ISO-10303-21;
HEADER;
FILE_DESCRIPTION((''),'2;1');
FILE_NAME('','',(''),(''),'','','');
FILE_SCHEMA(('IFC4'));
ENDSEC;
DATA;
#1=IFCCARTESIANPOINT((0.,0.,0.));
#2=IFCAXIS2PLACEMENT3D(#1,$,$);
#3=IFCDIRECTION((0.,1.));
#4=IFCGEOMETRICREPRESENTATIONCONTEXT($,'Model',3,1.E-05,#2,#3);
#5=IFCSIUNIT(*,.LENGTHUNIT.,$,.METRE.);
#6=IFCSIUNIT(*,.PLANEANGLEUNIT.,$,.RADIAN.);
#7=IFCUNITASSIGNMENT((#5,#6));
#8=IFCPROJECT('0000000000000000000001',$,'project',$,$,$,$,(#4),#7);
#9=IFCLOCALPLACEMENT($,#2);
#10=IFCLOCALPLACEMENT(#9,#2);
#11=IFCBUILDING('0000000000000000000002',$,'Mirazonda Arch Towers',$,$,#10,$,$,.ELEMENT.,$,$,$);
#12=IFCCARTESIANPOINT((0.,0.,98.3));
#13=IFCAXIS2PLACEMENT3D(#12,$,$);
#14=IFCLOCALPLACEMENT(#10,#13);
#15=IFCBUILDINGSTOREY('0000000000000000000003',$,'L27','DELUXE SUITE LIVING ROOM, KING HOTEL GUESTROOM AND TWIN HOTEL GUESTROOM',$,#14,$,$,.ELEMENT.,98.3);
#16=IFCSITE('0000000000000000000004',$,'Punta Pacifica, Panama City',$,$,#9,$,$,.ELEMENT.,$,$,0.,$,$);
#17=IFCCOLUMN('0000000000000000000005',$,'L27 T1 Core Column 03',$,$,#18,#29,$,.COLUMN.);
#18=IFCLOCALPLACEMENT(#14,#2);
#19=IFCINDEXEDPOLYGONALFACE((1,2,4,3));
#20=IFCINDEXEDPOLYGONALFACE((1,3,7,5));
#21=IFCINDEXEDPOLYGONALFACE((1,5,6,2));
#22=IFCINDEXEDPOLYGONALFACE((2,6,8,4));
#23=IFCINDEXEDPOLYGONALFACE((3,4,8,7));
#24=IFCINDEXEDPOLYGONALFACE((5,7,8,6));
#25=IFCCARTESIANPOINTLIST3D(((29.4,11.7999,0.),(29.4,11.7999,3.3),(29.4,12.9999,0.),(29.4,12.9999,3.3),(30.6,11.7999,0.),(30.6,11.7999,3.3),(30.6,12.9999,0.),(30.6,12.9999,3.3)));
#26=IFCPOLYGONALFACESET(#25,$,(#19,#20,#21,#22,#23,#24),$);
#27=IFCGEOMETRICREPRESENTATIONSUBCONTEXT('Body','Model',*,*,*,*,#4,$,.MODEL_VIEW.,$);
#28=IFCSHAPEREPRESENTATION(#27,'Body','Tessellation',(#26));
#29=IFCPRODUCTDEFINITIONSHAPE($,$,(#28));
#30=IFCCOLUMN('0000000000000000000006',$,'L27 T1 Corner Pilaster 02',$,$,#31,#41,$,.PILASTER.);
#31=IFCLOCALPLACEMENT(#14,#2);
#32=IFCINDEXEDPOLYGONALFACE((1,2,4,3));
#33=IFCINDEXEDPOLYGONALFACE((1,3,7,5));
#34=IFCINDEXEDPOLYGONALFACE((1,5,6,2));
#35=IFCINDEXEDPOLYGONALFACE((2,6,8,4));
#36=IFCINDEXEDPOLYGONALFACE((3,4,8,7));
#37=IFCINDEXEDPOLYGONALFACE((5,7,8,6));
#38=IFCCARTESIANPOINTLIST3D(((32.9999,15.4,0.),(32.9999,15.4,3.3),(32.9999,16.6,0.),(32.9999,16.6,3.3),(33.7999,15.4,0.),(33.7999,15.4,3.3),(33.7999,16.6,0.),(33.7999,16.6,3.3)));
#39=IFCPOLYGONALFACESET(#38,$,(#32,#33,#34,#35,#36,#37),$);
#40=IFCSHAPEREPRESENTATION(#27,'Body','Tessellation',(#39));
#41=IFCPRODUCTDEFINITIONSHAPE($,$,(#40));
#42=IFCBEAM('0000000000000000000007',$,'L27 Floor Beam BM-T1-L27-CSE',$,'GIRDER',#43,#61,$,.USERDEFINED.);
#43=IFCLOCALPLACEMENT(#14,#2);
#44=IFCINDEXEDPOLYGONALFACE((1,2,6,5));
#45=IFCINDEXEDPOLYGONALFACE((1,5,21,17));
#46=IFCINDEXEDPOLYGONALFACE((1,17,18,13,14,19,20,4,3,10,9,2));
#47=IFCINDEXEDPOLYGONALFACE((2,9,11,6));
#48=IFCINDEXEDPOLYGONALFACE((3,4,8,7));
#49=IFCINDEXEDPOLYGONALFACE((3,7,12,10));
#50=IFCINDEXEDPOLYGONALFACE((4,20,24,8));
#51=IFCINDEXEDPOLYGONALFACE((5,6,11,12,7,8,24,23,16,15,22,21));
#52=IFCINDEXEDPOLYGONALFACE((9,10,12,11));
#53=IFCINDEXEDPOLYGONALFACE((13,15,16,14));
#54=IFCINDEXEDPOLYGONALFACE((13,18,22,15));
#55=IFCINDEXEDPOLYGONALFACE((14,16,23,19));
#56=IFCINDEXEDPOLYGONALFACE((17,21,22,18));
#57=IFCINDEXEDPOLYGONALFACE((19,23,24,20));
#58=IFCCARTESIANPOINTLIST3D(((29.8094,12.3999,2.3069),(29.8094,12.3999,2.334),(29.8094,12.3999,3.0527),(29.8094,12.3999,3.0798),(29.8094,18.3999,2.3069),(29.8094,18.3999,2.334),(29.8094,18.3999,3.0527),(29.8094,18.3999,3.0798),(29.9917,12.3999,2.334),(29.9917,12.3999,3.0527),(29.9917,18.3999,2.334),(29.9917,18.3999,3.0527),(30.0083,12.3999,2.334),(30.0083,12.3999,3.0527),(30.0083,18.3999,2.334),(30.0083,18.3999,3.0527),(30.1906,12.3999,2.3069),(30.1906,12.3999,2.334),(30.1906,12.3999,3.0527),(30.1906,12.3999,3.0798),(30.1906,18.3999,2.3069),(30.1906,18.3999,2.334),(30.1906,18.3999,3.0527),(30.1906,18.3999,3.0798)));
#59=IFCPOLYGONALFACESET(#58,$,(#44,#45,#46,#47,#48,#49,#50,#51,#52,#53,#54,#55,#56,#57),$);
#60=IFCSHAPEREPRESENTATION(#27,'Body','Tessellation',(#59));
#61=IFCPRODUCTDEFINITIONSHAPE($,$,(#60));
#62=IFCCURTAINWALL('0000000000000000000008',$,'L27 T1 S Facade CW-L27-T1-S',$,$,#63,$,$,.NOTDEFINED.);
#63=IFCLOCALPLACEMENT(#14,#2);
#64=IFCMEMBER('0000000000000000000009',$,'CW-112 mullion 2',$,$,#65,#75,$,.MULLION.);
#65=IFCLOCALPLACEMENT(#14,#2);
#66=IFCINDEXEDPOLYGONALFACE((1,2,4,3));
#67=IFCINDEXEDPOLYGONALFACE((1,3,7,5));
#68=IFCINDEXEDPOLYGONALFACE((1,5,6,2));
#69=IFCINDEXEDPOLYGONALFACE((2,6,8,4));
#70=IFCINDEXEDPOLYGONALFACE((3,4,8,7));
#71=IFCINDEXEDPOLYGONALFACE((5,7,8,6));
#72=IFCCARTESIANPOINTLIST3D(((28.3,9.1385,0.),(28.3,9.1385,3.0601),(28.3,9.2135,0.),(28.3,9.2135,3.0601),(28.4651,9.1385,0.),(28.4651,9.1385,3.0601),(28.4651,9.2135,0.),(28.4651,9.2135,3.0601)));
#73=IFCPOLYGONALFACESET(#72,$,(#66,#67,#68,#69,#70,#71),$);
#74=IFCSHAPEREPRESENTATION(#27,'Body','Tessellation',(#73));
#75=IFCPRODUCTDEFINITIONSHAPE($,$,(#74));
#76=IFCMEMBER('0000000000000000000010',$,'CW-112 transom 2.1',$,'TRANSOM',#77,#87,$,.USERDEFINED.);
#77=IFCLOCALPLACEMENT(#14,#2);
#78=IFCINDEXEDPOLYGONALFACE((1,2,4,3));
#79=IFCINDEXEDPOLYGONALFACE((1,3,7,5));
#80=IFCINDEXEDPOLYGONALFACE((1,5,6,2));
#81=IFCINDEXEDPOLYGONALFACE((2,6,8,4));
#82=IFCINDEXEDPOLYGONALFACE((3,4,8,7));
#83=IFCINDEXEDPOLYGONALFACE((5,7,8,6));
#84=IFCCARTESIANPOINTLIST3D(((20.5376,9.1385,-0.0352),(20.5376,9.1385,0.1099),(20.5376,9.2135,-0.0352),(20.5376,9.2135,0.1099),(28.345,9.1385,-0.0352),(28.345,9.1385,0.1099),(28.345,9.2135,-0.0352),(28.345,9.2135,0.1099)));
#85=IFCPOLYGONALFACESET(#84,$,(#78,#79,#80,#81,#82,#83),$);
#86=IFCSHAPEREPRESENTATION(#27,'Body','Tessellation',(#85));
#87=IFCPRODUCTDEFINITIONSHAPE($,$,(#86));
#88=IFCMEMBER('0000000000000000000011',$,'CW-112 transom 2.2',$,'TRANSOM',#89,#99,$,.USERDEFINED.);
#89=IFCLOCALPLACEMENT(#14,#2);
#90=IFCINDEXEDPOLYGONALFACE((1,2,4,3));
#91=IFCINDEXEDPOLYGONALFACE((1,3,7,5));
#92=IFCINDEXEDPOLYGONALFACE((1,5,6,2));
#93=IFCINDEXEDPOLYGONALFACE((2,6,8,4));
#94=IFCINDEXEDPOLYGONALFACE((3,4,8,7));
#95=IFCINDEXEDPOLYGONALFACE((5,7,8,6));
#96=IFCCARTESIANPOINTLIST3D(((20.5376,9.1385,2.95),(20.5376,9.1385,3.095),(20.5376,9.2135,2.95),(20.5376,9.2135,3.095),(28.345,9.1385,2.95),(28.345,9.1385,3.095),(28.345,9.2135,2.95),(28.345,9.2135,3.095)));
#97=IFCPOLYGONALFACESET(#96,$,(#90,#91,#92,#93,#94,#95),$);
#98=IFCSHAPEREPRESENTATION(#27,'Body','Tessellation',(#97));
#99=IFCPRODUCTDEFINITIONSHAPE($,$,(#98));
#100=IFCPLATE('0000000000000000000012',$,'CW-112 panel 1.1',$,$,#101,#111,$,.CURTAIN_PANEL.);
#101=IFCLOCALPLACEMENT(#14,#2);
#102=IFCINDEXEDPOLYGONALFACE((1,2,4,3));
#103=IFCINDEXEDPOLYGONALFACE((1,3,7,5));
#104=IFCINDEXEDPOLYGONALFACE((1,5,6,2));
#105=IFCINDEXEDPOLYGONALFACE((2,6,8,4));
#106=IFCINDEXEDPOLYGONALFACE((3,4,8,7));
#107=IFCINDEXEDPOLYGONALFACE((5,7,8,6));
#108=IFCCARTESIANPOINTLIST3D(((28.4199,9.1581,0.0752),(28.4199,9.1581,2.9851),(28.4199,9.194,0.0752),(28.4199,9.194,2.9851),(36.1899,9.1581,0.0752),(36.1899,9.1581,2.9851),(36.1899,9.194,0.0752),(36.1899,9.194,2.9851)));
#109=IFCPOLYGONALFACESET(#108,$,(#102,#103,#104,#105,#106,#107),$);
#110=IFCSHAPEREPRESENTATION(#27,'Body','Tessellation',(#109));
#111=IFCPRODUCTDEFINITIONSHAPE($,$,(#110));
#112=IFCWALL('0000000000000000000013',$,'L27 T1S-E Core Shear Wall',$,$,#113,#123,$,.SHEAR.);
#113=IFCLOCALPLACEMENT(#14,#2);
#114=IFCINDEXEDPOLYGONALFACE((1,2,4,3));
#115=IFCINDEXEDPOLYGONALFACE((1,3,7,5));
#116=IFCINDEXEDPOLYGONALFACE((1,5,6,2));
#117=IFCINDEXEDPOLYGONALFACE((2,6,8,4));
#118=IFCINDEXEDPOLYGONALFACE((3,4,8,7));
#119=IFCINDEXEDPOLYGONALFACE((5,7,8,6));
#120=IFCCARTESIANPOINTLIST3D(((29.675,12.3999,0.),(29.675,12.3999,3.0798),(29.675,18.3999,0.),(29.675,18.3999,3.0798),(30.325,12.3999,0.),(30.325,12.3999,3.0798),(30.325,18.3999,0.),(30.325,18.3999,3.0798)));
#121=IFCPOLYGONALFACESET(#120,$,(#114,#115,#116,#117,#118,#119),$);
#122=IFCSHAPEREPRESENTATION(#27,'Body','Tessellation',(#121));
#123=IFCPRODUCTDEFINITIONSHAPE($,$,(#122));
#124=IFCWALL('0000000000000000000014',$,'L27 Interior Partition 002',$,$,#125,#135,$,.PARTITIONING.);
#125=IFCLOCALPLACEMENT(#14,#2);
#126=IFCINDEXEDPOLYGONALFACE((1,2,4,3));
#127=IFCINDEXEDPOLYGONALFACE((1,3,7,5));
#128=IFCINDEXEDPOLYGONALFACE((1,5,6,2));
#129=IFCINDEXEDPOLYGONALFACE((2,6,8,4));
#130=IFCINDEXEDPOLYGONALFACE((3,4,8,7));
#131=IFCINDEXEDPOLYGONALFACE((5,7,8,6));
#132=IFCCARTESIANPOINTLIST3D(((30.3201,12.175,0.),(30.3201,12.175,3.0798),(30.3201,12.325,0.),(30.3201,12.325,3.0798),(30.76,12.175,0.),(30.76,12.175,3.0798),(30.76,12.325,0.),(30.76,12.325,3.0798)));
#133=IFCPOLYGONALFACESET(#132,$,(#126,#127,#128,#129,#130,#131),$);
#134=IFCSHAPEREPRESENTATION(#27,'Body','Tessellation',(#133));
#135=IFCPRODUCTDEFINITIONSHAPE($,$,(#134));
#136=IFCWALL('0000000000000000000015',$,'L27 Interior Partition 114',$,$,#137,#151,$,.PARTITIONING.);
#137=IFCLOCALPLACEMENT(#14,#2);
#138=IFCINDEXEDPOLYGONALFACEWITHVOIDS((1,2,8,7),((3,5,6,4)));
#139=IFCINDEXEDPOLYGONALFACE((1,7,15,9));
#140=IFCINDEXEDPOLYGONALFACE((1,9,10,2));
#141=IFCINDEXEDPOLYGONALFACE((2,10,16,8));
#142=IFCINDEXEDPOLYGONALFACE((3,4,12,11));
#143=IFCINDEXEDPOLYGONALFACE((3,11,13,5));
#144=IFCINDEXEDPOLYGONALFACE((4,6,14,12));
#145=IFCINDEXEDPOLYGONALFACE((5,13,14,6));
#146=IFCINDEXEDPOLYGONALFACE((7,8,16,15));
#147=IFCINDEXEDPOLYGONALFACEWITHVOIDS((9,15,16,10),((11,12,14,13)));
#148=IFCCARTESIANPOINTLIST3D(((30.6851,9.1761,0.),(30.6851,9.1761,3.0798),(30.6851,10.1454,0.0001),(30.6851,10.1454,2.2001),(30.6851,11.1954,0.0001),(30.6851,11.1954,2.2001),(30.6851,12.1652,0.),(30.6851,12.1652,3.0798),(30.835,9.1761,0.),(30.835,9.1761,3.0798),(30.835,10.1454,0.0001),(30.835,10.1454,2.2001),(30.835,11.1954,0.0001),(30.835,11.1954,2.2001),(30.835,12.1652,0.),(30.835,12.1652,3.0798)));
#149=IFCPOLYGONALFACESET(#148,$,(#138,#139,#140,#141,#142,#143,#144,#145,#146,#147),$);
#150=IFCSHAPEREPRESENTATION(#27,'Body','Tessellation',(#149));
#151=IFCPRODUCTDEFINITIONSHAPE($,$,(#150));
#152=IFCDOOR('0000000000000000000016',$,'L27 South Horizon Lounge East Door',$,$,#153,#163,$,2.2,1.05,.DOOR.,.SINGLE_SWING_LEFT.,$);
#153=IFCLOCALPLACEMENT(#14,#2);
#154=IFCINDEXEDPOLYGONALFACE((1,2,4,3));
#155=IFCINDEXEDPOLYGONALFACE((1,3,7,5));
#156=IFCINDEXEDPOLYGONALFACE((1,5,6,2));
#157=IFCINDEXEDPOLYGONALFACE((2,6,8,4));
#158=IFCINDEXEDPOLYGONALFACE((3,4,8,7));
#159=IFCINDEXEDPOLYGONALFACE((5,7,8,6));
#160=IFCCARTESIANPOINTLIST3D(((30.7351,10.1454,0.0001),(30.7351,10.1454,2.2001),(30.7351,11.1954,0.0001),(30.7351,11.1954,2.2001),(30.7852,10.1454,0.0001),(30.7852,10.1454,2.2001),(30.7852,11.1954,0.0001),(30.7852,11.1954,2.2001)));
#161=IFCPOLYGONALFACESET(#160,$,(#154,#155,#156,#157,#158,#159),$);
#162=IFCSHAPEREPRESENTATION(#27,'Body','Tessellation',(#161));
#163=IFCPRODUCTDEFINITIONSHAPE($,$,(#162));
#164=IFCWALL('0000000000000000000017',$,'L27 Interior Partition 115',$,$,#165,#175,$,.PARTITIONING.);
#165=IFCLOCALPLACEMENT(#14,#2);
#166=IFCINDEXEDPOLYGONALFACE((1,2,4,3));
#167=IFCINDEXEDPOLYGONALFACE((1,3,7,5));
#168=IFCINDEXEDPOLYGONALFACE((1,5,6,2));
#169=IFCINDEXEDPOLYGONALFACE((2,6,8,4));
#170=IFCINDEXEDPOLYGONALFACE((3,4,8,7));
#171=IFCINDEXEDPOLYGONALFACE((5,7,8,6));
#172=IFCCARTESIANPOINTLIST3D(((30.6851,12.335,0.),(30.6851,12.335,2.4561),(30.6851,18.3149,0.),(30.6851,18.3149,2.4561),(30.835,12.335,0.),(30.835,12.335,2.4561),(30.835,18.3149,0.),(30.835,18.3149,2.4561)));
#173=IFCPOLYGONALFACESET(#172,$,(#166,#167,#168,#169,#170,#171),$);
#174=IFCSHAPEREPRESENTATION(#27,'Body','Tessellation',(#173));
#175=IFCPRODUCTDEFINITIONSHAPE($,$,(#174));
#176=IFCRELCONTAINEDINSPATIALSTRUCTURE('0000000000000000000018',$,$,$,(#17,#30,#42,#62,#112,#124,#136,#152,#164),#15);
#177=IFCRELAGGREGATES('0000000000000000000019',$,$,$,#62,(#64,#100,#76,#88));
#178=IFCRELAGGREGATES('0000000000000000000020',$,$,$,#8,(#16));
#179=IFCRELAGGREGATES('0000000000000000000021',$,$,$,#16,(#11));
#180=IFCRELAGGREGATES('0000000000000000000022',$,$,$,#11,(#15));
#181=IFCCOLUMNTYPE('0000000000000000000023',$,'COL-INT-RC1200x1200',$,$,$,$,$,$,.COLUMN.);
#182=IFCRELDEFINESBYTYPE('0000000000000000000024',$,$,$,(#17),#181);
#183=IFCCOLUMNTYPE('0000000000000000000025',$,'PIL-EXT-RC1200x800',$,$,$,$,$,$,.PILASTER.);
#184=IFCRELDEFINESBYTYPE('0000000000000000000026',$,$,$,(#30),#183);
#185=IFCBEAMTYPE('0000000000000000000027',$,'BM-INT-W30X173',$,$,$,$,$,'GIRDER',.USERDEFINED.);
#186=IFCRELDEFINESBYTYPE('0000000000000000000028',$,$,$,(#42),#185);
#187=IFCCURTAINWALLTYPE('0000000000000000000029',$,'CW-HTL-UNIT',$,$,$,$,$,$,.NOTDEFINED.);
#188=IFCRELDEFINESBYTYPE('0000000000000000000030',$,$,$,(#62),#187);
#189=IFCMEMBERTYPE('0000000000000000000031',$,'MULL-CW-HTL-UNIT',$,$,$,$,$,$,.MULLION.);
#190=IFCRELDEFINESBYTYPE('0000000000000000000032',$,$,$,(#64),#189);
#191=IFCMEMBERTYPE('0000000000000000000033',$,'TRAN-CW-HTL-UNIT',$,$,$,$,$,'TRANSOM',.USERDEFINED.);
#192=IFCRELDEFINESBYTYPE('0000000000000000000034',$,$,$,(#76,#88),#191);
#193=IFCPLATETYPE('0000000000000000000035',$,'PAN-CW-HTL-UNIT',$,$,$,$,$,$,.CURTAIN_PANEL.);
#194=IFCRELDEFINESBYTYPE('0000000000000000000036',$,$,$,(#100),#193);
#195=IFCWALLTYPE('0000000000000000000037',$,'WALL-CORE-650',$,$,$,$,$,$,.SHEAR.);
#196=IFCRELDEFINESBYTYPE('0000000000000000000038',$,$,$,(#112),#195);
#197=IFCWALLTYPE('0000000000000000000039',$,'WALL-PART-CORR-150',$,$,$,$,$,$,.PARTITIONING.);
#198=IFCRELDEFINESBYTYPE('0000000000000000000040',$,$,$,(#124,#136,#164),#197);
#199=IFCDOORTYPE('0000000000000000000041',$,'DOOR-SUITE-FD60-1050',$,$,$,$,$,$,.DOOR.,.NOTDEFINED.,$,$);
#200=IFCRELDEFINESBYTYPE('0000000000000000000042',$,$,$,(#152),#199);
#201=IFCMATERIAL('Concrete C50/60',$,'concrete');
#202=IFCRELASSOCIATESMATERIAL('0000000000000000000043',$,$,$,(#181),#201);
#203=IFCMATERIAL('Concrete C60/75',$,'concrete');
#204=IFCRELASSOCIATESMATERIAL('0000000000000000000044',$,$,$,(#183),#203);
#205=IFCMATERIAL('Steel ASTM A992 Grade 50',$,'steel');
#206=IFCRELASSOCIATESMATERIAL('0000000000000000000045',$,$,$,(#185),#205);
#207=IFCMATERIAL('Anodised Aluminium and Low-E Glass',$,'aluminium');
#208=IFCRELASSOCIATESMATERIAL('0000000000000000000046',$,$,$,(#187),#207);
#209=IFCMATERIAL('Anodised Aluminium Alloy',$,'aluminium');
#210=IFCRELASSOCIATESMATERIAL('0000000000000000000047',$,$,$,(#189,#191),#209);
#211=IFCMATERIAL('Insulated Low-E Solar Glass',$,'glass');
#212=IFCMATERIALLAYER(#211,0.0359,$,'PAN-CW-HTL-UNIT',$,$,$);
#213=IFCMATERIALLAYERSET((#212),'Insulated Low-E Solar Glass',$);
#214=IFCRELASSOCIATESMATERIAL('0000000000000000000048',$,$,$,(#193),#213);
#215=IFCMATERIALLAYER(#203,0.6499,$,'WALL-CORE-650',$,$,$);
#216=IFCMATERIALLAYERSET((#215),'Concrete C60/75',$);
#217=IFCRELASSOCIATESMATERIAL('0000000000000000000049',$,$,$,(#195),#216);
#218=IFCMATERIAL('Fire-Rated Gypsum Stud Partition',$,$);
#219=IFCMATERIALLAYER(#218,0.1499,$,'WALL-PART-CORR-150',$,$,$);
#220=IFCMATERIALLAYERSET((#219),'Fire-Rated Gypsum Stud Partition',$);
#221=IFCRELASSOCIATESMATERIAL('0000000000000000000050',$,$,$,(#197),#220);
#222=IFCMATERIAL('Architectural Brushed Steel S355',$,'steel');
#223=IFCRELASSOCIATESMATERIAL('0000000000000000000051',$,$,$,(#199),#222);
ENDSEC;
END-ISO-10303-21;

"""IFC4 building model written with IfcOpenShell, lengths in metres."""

from ifc_helpers import new_model, si_unit, direction, frame, frame_2d, origin, origin_2d, place, context, subcontext, project, spatial, rectangle, i_section, extrude, material, layer, layer_set, material_profile, profile_set, type_object, element, fill, aggregate, save


model = new_model("IFC4")

# Units and contexts
model_context = context("Model", 3, precision=1e-05, world=origin(), true_north=direction((0.0, 1.0)))
body_context = subcontext(model_context, "Body", "Model", "MODEL_VIEW")
ifc_project = project(units=[si_unit("LENGTHUNIT", "METRE"), si_unit("PLANEANGLEUNIT", "RADIAN")], contexts=[model_context])

# Site, building, storey
site_placement = place(None, origin())
site = spatial("IfcSite", under=ifc_project, at=site_placement, Name="Punta Pacifica, Panama City", CompositionType="ELEMENT", RefElevation=0.0)
building_placement = place(site_placement, origin())
building = spatial("IfcBuilding", under=site, at=building_placement, Name="Mirazonda Arch Towers", CompositionType="ELEMENT")
storey_placement = place(building_placement, frame((0.0, 0.0, 98.3)))
storey = spatial("IfcBuildingStorey", under=building, at=storey_placement, Name="L27", Description="DELUXE SUITE LIVING ROOM, KING HOTEL GUESTROOM AND TWIN HOTEL GUESTROOM", CompositionType="ELEMENT", Elevation=98.3)

# Columns
ifc_material_1 = material(Name="Concrete C50/60", Category="concrete")
ifc_material_profile_1 = material_profile(ifc_material_1, rectangle(XDim=1.2, YDim=1.2, at=origin_2d()), Name="RC1200x1200")
ifc_profile_set_1 = profile_set([ifc_material_profile_1], Name="Concrete C50/60")
column_type_1 = type_object("IfcColumnType", Name="COL-INT-RC1200x1200", PredefinedType="COLUMN", material=ifc_profile_set_1)
column_1_placement = place(storey_placement, frame((30.0, 12.3999, 0.0), z_axis=(0.0, 0.0, 1.0), x_axis=(1.0, 0.0, 0.0)))
element("IfcColumn", 1, at=column_1_placement, inside=storey, type_object=column_type_1, Name="L27 T1 Core Column 03", PredefinedType="COLUMN", context=body_context, shape_type="SweptSolid", body=[
    extrude(rectangle(XDim=1.2, YDim=1.2, at=origin_2d()), origin(), (0.0, 0.0, 1.0), 3.3),
])
ifc_material_2 = material(Name="Concrete C60/75", Category="concrete")
ifc_material_profile_2 = material_profile(ifc_material_2, rectangle(XDim=0.8, YDim=1.2, at=origin_2d()), Name="RC1200x800")
ifc_profile_set_2 = profile_set([ifc_material_profile_2], Name="Concrete C60/75")
column_type_2 = type_object("IfcColumnType", Name="PIL-EXT-RC1200x800", PredefinedType="PILASTER", material=ifc_profile_set_2)
column_2_placement = place(storey_placement, frame((33.3999, 16.0, 0.0), z_axis=(0.0, 0.0, 1.0), x_axis=(1.0, 0.0, 0.0)))
element("IfcColumn", 2, at=column_2_placement, inside=storey, type_object=column_type_2, Name="L27 T1 Corner Pilaster 02", PredefinedType="PILASTER", context=body_context, shape_type="SweptSolid", body=[
    extrude(rectangle(XDim=0.8, YDim=1.2, at=origin_2d()), origin(), (0.0, 0.0, 1.0), 3.3),
])

# Beam
ifc_material_3 = material(Name="Steel ASTM A992 Grade 50", Category="steel")
ifc_material_profile_3 = material_profile(ifc_material_3, i_section(OverallWidth=0.3811, OverallDepth=0.7729, WebThickness=0.0166, FlangeThickness=0.0271, at=origin_2d()), Name="W30X173")
ifc_profile_set_3 = profile_set([ifc_material_profile_3], Name="Steel ASTM A992 Grade 50")
beam_type = type_object("IfcBeamType", Name="BM-INT-W30X173", ElementType="GIRDER", PredefinedType="USERDEFINED", material=ifc_profile_set_3)
beam_placement = place(storey_placement, frame((30.0, 12.3999, 2.6934), z_axis=(0.0, 1.0, 0.0), x_axis=(-1.0, 0.0, 0.0)))
element("IfcBeam", 3, at=beam_placement, inside=storey, type_object=beam_type, Name="L27 Floor Beam BM-T1-L27-CSE", ObjectType="GIRDER", PredefinedType="USERDEFINED", context=body_context, shape_type="SweptSolid", body=[
    extrude(i_section(OverallWidth=0.3811, OverallDepth=0.7729, WebThickness=0.0166, FlangeThickness=0.0271, at=origin_2d()), origin(), (0.0, 0.0, 1.0), 6.0),
])

# Curtain wall, members, plate
ifc_material_4 = material(Name="Anodised Aluminium and Low-E Glass", Category="aluminium")
curtain_wall_type = type_object("IfcCurtainWallType", Name="CW-HTL-UNIT", PredefinedType="NOTDEFINED", material=ifc_material_4)
curtain_wall_placement = place(storey_placement, origin())
curtain_wall = element("IfcCurtainWall", 4, at=curtain_wall_placement, inside=storey, type_object=curtain_wall_type, Name="L27 T1 S Facade CW-L27-T1-S", PredefinedType="NOTDEFINED")
ifc_material_5 = material(Name="Anodised Aluminium Alloy", Category="aluminium")
ifc_material_profile_4 = material_profile(ifc_material_5, rectangle(XDim=0.075, YDim=0.165, at=origin_2d()), Name="ALU-MULL-75x165")
ifc_profile_set_4 = profile_set([ifc_material_profile_4], Name="Anodised Aluminium Alloy")
member_type_1 = type_object("IfcMemberType", Name="MULL-CW-HTL-UNIT", PredefinedType="MULLION", material=ifc_profile_set_4)
member_1_placement = place(storey_placement, frame((28.3826, 9.176, 0.0), z_axis=(0.0, 0.0, 1.0), x_axis=(0.0, -1.0, 0.0)))
member_1 = element("IfcMember", 5, at=member_1_placement, type_object=member_type_1, Name="CW-112 mullion 2", PredefinedType="MULLION", context=body_context, shape_type="SweptSolid", body=[
    extrude(rectangle(XDim=0.075, YDim=0.165, at=origin_2d()), origin(), (0.0, 0.0, 1.0), 3.0601),
])
ifc_material_profile_5 = material_profile(ifc_material_5, rectangle(XDim=0.075, YDim=0.145, at=origin_2d()), Name="ALU-TRAN-75x145")
ifc_profile_set_5 = profile_set([ifc_material_profile_5], Name="Anodised Aluminium Alloy")
member_type_2 = type_object("IfcMemberType", Name="TRAN-CW-HTL-UNIT", ElementType="TRANSOM", PredefinedType="USERDEFINED", material=ifc_profile_set_5)
member_2_placement = place(storey_placement, frame((28.345, 9.176, 0.0374), z_axis=(-1.0, 0.0, 0.0), x_axis=(0.0, -1.0, 0.0)))
member_2 = element("IfcMember", 6, at=member_2_placement, type_object=member_type_2, Name="CW-112 transom 2.1", ObjectType="TRANSOM", PredefinedType="USERDEFINED", context=body_context, shape_type="SweptSolid", body=[
    extrude(rectangle(XDim=0.075, YDim=0.145, at=origin_2d()), origin(), (0.0, 0.0, 1.0), 7.8074),
])
member_3_placement = place(storey_placement, frame((28.345, 9.176, 3.0225), z_axis=(-1.0, 0.0, 0.0), x_axis=(0.0, -1.0, 0.0)))
member_3 = element("IfcMember", 7, at=member_3_placement, type_object=member_type_2, Name="CW-112 transom 2.2", ObjectType="TRANSOM", PredefinedType="USERDEFINED", context=body_context, shape_type="SweptSolid", body=[
    extrude(rectangle(XDim=0.075, YDim=0.145, at=origin_2d()), origin(), (0.0, 0.0, 1.0), 7.8074),
])
ifc_material_6 = material(Name="Insulated Low-E Solar Glass", Category="glass")
ifc_layer_1 = layer(ifc_material_6, 0.0359, Name="PAN-CW-HTL-UNIT")
ifc_layer_set_1 = layer_set([ifc_layer_1], Name="Insulated Low-E Solar Glass")
plate_type = type_object("IfcPlateType", Name="PAN-CW-HTL-UNIT", PredefinedType="CURTAIN_PANEL", material=ifc_layer_set_1)
plate_placement = place(storey_placement, frame((32.3049, 9.176, 0.0752), z_axis=(0.0, 0.0, 1.0), x_axis=(-1.0, 0.0, 0.0)))
plate = element("IfcPlate", 8, at=plate_placement, type_object=plate_type, Name="CW-112 panel 1.1", PredefinedType="CURTAIN_PANEL", context=body_context, shape_type="SweptSolid", body=[
    extrude(rectangle(XDim=7.77, YDim=0.0359, at=origin_2d()), origin(), (0.0, 0.0, 1.0), 2.9099),
])
aggregate(curtain_wall, [member_1, plate, member_2, member_3])

# Walls
ifc_layer_2 = layer(ifc_material_2, 0.6499, Name="WALL-CORE-650")
ifc_layer_set_2 = layer_set([ifc_layer_2], Name="Concrete C60/75")
wall_type_1 = type_object("IfcWallType", Name="WALL-CORE-650", PredefinedType="SHEAR", material=ifc_layer_set_2)
wall_1_placement = place(storey_placement, frame((30.0, 12.3999, 0.0), z_axis=(0.0, 0.0, 1.0), x_axis=(0.0, 1.0, 0.0)))
element("IfcWall", 9, at=wall_1_placement, inside=storey, type_object=wall_type_1, Name="L27 T1S-E Core Shear Wall", PredefinedType="SHEAR", context=body_context, shape_type="SweptSolid", body=[
    extrude(rectangle(XDim=6.0, YDim=0.6499, at=frame_2d((3.0, 0.0))), origin(), (0.0, 0.0, 1.0), 3.0798),
])
ifc_material_7 = material(Name="Fire-Rated Gypsum Stud Partition")
ifc_layer_3 = layer(ifc_material_7, 0.1499, Name="WALL-PART-CORR-150")
ifc_layer_set_3 = layer_set([ifc_layer_3], Name="Fire-Rated Gypsum Stud Partition")
wall_type_2 = type_object("IfcWallType", Name="WALL-PART-CORR-150", PredefinedType="PARTITIONING", material=ifc_layer_set_3)
wall_2_placement = place(storey_placement, frame((30.3201, 12.25, 0.0), z_axis=(0.0, 0.0, 1.0), x_axis=(1.0, 0.0, 0.0)))
element("IfcWall", 10, at=wall_2_placement, inside=storey, type_object=wall_type_2, Name="L27 Interior Partition 002", PredefinedType="PARTITIONING", context=body_context, shape_type="SweptSolid", body=[
    extrude(rectangle(XDim=0.4399, YDim=0.1499, at=frame_2d((0.22, 0.0))), origin(), (0.0, 0.0, 1.0), 3.0798),
])

# Wall, opening, door
wall_3_placement = place(storey_placement, frame((30.76, 9.176, 0.0), z_axis=(0.0, 0.0, 1.0), x_axis=(0.0, 1.0, 0.0)))
wall_3 = element("IfcWall", 11, at=wall_3_placement, inside=storey, type_object=wall_type_2, Name="L27 Interior Partition 114", PredefinedType="PARTITIONING", context=body_context, shape_type="SweptSolid", body=[
    extrude(rectangle(XDim=2.989, YDim=0.1499, at=frame_2d((1.4946, 0.0))), origin(), (0.0, 0.0, 1.0), 3.0798),
])
opening_1_placement = place(wall_3_placement, frame((0.9695, 0.0, 0.0)))
opening_1 = element("IfcOpeningElement", 12, at=opening_1_placement, cuts=wall_3, PredefinedType="OPENING", context=body_context, shape_type="SweptSolid", body=[
    extrude(rectangle(XDim=1.05, YDim=2.2, at=frame_2d((0.5249, 1.1001))), frame((0.0, 0.085, 0.0), z_axis=(0.0, -1.0, 0.0), x_axis=(1.0, 0.0, 0.0)), (0.0, 0.0, 1.0), 0.1699),
])
ifc_material_8 = material(Name="Architectural Brushed Steel S355", Category="steel")
door_type_1 = type_object("IfcDoorType", Name="DOOR-SUITE-FD60-1050", OperationType="NOTDEFINED", PredefinedType="DOOR", material=ifc_material_8)
door_1_placement = place(opening_1_placement, origin())
door_1 = element("IfcDoor", 13, at=door_1_placement, inside=storey, type_object=door_type_1, Name="L27 South Horizon Lounge East Door", OperationType="SINGLE_SWING_LEFT", OverallHeight=2.2, OverallWidth=1.05, PredefinedType="DOOR", context=body_context, shape_type="SweptSolid", body=[
    extrude(rectangle(XDim=1.05, YDim=2.2, at=frame_2d((0.5249, 1.1001))), frame((0.0, 0.0249, 0.0), z_axis=(0.0, -1.0, 0.0), x_axis=(1.0, 0.0, 0.0)), (0.0, 0.0, 1.0), 0.05),
])
fill(opening_1, door_1)

# Wall
wall_4_placement = place(storey_placement, frame((30.76, 12.335, 0.0), z_axis=(0.0, 0.0, 1.0), x_axis=(0.0, 1.0, 0.0)))
element("IfcWall", 14, at=wall_4_placement, inside=storey, type_object=wall_type_2, Name="L27 Interior Partition 115", PredefinedType="PARTITIONING", context=body_context, shape_type="SweptSolid", body=[
    extrude(rectangle(XDim=5.98, YDim=0.1499, at=frame_2d((2.99, 0.0))), origin(), (0.0, 0.0, 1.0), 2.4561),
])

save(model, "model.ifc")
